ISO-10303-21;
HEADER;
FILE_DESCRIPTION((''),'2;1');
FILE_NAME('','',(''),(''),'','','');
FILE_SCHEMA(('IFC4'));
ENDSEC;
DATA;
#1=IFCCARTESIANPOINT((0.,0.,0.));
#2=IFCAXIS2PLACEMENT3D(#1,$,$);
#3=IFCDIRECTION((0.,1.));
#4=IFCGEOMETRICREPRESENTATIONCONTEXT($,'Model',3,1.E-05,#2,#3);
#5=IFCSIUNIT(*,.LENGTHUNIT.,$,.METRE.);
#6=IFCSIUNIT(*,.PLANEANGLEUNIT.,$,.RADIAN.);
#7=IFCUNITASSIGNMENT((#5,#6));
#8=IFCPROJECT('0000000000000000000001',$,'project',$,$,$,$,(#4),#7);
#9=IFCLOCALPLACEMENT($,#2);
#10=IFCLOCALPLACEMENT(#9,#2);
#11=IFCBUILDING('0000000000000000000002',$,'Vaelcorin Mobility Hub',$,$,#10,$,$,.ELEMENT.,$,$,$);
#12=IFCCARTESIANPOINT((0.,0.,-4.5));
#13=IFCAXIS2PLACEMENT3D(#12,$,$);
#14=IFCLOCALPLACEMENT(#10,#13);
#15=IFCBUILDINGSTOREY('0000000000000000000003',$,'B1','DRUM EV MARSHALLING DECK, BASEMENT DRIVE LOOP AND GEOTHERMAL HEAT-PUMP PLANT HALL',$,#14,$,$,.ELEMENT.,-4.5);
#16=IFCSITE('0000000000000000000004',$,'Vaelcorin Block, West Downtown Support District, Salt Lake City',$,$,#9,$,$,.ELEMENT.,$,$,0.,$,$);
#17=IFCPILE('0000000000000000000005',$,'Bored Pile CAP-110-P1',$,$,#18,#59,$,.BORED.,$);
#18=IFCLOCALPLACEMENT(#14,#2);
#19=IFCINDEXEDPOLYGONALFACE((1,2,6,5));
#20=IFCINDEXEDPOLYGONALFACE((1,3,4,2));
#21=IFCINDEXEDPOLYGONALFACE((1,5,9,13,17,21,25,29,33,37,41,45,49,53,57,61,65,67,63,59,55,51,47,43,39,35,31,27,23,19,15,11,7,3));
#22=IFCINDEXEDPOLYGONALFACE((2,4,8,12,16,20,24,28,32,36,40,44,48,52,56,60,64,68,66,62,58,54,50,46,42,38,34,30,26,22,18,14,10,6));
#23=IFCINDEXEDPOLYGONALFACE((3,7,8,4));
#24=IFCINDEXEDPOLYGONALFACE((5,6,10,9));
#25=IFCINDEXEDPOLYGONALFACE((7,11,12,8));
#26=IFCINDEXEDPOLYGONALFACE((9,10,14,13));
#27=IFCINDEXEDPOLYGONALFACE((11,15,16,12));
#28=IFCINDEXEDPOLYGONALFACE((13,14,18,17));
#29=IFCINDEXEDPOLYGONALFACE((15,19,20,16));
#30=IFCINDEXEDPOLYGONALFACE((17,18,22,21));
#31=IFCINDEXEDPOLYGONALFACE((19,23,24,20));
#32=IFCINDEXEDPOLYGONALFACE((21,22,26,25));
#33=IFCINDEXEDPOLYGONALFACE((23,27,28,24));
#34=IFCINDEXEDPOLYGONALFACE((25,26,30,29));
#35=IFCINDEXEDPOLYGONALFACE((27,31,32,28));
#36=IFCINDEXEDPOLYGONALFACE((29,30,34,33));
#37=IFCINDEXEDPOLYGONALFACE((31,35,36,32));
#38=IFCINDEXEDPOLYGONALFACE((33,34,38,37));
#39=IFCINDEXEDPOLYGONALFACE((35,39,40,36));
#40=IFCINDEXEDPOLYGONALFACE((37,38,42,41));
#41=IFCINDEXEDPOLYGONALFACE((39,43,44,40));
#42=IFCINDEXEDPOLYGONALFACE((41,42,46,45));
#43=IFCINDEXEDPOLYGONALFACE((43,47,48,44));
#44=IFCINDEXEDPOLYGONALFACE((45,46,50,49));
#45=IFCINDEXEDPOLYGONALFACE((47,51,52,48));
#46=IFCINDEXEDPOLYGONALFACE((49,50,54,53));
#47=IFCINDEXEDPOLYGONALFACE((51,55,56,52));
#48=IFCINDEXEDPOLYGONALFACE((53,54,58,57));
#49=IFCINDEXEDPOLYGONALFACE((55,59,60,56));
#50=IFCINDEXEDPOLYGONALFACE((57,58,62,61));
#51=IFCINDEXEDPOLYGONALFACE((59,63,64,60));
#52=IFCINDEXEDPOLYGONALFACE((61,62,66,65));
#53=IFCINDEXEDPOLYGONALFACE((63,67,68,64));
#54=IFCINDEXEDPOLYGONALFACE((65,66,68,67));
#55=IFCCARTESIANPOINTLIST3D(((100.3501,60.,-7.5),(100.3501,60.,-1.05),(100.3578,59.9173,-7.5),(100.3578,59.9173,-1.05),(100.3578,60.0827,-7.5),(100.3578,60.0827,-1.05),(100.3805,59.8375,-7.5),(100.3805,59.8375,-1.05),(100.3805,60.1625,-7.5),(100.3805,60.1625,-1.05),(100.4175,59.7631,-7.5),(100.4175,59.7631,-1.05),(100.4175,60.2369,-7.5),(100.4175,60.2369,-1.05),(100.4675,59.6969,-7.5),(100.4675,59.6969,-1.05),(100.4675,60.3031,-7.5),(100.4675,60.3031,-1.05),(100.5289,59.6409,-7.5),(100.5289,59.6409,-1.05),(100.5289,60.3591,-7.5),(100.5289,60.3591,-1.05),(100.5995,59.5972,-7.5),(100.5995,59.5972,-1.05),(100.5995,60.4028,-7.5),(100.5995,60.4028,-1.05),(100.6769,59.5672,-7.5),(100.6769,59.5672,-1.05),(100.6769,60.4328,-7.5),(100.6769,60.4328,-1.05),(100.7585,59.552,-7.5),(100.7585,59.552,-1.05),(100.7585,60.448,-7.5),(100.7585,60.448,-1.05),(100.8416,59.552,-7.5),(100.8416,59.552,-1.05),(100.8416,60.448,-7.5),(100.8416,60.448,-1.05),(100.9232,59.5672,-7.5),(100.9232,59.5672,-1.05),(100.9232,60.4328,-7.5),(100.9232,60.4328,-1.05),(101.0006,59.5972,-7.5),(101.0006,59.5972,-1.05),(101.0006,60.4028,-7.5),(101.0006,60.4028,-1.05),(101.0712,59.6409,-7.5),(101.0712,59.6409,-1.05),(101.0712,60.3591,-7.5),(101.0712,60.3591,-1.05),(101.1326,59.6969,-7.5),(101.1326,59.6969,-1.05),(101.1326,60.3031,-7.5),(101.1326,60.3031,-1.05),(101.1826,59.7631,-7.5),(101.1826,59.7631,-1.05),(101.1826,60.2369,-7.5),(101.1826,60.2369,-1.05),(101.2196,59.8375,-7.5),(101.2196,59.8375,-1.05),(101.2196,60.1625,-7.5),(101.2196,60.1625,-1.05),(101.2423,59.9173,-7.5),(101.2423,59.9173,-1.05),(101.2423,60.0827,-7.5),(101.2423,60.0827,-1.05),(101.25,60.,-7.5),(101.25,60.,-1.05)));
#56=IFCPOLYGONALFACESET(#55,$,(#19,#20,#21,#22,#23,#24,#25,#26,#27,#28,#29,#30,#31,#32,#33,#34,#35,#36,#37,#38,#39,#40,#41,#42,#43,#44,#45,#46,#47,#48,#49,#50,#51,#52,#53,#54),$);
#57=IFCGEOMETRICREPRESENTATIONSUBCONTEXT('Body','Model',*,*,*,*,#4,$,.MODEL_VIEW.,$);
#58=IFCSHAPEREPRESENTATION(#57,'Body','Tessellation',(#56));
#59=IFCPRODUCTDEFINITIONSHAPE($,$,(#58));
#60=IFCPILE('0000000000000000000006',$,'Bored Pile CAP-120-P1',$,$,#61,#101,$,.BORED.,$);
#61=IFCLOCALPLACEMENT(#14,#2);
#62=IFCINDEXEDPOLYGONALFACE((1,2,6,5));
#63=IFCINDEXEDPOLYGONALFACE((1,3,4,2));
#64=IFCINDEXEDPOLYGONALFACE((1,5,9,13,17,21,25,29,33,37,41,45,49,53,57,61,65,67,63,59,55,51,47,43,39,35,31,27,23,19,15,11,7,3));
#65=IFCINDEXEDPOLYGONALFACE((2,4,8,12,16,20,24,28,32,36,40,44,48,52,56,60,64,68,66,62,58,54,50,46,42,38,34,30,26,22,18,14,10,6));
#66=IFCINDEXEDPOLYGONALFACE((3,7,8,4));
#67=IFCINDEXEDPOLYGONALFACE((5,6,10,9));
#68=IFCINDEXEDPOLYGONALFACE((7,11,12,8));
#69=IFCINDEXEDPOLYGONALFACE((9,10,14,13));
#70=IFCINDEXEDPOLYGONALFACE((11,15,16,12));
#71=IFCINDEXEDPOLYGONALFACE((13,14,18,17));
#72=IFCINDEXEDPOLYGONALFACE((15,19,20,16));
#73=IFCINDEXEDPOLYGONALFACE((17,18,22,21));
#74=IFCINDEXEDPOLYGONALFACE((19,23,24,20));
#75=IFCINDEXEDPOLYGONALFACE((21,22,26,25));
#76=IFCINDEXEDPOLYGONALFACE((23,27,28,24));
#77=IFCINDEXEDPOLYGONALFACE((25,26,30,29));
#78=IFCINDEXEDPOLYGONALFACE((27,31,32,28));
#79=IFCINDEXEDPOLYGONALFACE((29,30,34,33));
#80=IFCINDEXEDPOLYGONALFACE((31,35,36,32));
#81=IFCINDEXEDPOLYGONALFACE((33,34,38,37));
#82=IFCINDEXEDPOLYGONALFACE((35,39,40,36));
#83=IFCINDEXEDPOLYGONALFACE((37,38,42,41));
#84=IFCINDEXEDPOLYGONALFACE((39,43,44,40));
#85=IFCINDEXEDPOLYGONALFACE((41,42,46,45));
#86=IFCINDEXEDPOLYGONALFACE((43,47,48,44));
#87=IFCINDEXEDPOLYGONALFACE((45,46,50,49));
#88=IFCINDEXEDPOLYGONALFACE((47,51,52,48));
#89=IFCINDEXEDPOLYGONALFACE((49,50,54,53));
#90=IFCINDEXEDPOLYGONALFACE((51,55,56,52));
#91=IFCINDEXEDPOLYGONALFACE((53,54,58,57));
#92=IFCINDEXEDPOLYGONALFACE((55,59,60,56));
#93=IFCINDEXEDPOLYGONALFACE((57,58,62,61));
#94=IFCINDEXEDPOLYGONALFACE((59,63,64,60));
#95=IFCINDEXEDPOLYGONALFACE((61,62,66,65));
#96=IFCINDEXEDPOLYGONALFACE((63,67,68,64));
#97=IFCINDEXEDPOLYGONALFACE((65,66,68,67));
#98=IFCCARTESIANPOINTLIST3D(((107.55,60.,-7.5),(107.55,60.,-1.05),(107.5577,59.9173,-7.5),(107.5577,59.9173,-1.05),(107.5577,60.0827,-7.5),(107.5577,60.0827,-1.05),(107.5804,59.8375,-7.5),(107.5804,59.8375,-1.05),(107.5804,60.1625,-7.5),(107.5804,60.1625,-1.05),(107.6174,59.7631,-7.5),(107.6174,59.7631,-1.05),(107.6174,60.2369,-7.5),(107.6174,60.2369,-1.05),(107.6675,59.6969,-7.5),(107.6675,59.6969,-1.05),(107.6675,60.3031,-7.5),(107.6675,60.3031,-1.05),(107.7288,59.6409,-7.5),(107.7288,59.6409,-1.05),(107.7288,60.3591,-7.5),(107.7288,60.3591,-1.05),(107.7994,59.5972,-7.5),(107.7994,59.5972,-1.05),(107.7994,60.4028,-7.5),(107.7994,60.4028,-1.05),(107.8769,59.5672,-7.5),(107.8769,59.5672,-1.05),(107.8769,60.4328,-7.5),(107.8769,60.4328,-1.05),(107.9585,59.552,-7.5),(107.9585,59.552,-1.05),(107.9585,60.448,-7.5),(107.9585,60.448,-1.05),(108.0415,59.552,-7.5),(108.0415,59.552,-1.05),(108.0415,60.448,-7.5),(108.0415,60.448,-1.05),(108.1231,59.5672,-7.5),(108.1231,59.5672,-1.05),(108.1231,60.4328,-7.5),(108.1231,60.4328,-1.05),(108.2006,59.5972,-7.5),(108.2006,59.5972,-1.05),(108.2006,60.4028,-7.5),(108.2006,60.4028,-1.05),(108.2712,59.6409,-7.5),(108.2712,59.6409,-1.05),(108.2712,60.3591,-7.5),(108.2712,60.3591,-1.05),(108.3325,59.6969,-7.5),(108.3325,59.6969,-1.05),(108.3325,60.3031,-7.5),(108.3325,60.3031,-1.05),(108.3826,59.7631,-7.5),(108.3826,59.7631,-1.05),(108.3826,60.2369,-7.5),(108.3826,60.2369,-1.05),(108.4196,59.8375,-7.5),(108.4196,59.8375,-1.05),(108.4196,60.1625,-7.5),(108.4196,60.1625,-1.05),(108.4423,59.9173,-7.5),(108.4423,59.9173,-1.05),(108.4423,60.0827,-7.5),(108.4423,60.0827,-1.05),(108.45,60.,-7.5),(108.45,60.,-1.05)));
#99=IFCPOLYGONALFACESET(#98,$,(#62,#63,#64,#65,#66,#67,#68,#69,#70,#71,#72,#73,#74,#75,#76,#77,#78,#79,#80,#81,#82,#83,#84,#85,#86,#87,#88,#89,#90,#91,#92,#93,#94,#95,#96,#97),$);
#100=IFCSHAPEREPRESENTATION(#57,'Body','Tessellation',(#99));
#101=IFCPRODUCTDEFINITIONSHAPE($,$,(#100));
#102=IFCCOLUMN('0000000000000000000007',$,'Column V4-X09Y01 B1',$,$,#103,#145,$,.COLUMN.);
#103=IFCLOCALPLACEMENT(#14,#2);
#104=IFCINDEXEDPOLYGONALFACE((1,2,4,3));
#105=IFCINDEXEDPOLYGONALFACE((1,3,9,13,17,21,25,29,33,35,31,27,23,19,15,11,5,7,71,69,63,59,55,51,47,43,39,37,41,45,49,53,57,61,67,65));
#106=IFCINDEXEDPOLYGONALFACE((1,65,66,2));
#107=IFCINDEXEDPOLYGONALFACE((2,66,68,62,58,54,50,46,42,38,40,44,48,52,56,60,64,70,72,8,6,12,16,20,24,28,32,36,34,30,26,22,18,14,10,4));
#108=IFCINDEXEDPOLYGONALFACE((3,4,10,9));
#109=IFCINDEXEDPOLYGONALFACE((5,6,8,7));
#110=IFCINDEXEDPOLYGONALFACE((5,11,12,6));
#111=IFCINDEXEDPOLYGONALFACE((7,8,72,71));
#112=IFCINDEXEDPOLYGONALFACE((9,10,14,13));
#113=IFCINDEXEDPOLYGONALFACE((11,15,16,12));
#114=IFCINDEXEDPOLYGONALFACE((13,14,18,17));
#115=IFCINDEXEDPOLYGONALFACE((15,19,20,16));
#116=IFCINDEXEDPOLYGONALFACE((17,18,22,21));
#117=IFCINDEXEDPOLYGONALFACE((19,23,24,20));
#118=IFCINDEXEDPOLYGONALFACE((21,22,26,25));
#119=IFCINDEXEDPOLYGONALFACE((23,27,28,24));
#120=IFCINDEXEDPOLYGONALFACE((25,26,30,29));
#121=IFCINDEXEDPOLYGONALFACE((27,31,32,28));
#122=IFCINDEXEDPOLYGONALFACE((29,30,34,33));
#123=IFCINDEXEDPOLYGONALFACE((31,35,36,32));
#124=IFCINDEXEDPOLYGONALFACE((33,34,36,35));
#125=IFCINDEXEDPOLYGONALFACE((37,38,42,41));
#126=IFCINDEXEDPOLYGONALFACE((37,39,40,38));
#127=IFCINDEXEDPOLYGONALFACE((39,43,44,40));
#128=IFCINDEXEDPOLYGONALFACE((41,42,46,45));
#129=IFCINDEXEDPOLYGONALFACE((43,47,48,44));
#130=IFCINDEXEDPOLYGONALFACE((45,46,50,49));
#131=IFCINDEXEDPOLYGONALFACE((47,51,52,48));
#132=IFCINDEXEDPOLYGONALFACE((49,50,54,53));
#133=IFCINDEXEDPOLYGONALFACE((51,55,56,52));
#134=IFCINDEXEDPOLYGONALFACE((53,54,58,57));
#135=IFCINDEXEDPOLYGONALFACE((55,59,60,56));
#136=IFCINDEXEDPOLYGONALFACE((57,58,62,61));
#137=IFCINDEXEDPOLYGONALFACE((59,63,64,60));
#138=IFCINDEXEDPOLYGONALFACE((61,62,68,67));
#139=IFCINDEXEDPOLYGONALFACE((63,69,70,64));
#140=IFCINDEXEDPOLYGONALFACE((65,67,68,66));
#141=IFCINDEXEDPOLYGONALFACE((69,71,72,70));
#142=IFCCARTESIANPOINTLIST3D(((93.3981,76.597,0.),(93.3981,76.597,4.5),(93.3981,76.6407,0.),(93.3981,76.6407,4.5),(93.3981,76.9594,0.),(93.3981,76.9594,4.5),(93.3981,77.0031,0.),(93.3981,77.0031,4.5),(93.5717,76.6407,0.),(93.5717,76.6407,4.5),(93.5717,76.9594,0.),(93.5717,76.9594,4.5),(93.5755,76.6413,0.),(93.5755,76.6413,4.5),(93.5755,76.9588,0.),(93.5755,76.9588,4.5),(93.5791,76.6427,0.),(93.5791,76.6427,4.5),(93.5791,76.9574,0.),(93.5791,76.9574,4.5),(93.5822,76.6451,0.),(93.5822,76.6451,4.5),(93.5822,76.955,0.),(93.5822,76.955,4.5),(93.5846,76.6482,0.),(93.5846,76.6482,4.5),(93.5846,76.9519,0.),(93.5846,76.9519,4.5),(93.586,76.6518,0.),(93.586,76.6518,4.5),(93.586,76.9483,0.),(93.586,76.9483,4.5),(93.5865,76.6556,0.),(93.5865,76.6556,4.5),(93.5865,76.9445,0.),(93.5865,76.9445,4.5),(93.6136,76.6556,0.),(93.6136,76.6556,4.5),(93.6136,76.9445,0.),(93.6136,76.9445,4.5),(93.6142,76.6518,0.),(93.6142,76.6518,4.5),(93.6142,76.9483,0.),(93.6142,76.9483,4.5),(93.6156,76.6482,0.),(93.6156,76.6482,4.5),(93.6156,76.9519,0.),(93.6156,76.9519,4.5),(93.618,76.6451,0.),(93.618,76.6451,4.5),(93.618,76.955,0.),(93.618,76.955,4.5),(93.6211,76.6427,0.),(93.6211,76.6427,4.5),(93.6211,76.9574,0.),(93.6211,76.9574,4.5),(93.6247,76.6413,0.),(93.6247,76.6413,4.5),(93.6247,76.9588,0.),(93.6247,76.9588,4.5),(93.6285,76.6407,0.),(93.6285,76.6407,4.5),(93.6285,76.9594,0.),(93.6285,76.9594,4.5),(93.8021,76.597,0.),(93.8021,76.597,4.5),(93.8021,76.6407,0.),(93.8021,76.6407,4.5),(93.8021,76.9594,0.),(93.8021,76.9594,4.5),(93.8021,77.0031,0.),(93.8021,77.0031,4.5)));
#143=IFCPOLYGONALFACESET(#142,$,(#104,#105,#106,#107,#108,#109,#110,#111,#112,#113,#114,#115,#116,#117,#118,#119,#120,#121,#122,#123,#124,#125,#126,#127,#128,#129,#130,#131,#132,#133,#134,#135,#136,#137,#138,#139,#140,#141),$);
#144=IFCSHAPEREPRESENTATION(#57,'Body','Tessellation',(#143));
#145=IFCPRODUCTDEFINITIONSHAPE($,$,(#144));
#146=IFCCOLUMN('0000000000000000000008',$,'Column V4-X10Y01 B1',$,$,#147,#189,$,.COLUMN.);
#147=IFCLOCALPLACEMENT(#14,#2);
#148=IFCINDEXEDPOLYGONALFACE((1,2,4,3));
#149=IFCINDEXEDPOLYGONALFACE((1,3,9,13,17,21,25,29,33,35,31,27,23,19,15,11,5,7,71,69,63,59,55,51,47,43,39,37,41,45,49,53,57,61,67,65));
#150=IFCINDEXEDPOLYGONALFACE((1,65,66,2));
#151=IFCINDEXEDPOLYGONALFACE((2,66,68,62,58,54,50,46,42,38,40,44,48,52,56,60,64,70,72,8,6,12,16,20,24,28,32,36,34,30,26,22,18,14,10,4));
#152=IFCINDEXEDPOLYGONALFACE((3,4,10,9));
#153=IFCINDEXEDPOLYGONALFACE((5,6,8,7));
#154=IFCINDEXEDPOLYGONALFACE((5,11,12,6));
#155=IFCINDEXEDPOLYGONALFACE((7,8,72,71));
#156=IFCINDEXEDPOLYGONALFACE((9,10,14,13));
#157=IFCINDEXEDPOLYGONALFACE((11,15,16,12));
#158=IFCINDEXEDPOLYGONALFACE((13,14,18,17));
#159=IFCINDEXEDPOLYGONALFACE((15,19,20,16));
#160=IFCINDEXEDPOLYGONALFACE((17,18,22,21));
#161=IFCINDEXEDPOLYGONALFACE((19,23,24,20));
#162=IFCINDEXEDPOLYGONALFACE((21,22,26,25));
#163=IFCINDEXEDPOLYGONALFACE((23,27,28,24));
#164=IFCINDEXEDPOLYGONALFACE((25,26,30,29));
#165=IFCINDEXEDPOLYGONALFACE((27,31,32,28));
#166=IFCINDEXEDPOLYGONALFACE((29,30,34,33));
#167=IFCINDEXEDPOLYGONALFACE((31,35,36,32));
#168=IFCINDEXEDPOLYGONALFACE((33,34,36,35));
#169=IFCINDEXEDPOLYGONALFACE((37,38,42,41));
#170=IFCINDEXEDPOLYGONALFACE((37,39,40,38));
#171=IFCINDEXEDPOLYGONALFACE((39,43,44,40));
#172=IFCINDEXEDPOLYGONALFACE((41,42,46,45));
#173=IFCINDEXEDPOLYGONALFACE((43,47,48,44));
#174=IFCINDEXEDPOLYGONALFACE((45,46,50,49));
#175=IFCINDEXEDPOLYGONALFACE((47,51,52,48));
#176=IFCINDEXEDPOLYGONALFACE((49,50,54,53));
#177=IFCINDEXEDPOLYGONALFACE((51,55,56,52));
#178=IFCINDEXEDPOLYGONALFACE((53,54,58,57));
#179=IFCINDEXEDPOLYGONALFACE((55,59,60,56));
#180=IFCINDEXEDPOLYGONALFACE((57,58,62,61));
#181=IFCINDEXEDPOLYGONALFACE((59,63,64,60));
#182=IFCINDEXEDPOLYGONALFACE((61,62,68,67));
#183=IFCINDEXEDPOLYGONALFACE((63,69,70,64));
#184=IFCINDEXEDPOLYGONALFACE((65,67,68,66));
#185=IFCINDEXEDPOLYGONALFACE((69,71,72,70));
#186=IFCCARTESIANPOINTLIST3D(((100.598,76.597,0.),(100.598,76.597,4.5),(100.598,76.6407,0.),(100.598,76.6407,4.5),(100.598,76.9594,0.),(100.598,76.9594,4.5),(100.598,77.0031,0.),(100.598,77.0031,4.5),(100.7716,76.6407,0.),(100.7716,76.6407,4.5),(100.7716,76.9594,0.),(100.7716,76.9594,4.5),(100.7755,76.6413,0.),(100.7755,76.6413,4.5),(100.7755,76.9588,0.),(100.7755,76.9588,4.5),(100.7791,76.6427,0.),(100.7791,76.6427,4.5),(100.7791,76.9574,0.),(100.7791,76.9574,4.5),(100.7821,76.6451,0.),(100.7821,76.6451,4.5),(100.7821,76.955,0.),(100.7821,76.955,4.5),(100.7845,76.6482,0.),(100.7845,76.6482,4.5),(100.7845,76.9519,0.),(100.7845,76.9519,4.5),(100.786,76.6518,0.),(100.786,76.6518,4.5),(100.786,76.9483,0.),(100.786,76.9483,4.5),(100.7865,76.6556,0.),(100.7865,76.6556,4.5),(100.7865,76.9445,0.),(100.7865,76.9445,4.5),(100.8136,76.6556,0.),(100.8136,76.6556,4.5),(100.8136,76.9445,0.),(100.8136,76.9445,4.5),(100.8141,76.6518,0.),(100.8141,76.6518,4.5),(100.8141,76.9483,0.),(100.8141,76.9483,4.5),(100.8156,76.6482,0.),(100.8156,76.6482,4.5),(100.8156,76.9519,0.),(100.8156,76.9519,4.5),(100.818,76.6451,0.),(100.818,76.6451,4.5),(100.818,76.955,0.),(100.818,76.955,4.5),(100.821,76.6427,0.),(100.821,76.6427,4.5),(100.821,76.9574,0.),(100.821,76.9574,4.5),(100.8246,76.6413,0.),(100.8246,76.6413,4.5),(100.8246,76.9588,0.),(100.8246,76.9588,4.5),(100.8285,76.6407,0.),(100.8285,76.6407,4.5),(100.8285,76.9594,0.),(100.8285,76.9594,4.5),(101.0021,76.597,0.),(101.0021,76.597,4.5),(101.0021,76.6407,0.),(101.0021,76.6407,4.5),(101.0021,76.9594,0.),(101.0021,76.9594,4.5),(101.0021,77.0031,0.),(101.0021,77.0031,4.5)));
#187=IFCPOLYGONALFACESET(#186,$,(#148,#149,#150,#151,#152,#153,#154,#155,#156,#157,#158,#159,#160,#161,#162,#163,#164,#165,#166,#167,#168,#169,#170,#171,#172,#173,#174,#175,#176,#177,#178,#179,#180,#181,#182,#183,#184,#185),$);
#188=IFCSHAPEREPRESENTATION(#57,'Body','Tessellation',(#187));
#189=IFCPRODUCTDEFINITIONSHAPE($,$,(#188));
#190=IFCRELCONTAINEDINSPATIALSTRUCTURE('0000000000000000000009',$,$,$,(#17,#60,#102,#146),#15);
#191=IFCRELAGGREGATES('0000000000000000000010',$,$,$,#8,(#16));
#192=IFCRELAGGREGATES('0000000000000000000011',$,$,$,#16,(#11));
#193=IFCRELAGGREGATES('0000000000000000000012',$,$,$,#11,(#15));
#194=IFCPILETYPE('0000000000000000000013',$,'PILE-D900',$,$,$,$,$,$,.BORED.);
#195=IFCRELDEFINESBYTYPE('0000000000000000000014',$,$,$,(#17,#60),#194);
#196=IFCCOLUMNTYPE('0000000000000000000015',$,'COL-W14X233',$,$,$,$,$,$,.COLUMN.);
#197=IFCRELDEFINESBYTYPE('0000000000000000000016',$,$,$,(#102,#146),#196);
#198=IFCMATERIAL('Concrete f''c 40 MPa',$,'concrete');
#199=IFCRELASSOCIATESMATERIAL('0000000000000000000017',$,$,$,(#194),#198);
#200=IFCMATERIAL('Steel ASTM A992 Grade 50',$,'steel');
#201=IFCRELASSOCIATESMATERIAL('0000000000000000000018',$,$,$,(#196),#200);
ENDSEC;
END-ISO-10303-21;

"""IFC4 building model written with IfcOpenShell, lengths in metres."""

from ifc_helpers import new_model, si_unit, direction, frame, origin, origin_2d, place, context, subcontext, project, spatial, circle, i_section, extrude, material, material_profile, profile_set, type_object, element, save


model = new_model("IFC4")

# Units and contexts
model_context = context("Model", 3, precision=1e-05, world=origin(), true_north=direction((0.0, 1.0)))
body_context = subcontext(model_context, "Body", "Model", "MODEL_VIEW")
ifc_project = project(units=[si_unit("LENGTHUNIT", "METRE"), si_unit("PLANEANGLEUNIT", "RADIAN")], contexts=[model_context])

# Site, building, storey
site_placement = place(None, origin())
site = spatial("IfcSite", under=ifc_project, at=site_placement, Name="Vaelcorin Block, West Downtown Support District, Salt Lake City", CompositionType="ELEMENT", RefElevation=0.0)
building_placement = place(site_placement, origin())
building = spatial("IfcBuilding", under=site, at=building_placement, Name="Vaelcorin Mobility Hub", CompositionType="ELEMENT")
storey_placement = place(building_placement, frame((0.0, 0.0, -4.5)))
storey = spatial("IfcBuildingStorey", under=building, at=storey_placement, Name="B1", Description="DRUM EV MARSHALLING DECK, BASEMENT DRIVE LOOP AND GEOTHERMAL HEAT-PUMP PLANT HALL", CompositionType="ELEMENT", Elevation=-4.5)

# Shared definitions
ifc_material_1 = material(Name="Concrete f'c 40 MPa", Category="concrete")

# Piles
ifc_material_profile_1 = material_profile(ifc_material_1, circle(Radius=0.45, at=origin_2d()), Name="BP-D900")
ifc_profile_set_1 = profile_set([ifc_material_profile_1], Name="Concrete f'c 40 MPa")
pile_type_1 = type_object("IfcPileType", Name="PILE-D900", PredefinedType="BORED", material=ifc_profile_set_1)
for number, where, z_axis, x_axis, name in (
    (1, (100.8, 60.0, -1.05), (0.0, 0.0, -1.0), (1.0, 0.0, 0.0), "Bored Pile CAP-110-P1"),
    (2, (108.0, 60.0, -1.05), (0.0, 0.0, -1.0), (1.0, 0.0, 0.0), "Bored Pile CAP-120-P1"),
):
    element("IfcPile", number, at=place(storey_placement, frame(where, z_axis=z_axis, x_axis=x_axis)), inside=storey, type_object=pile_type_1, Name=name, PredefinedType="BORED", context=body_context, shape_type="SweptSolid", body=[
        extrude(circle(Radius=0.45, at=origin_2d()), origin(), (0.0, 0.0, 1.0), 6.45),
    ])

# Columns
ifc_material_2 = material(Name="Steel ASTM A992 Grade 50", Category="steel")
ifc_material_profile_2 = material_profile(ifc_material_2, i_section(OverallWidth=0.4041, OverallDepth=0.406, WebThickness=0.0271, FlangeThickness=0.0437, FilletRadius=0.0149, at=origin_2d()), Name="W14X233")
ifc_profile_set_2 = profile_set([ifc_material_profile_2], Name="Steel ASTM A992 Grade 50")
column_type_1 = type_object("IfcColumnType", Name="COL-W14X233", PredefinedType="COLUMN", material=ifc_profile_set_2)
for number, where, z_axis, x_axis, name in (
    (3, (93.6001, 76.8, 0.0), (0.0, 0.0, 1.0), (1.0, 0.0, 0.0), "Column V4-X09Y01 B1"),
    (4, (100.8, 76.8, 0.0), (0.0, 0.0, 1.0), (1.0, 0.0, 0.0), "Column V4-X10Y01 B1"),
):
    element("IfcColumn", number, at=place(storey_placement, frame(where, z_axis=z_axis, x_axis=x_axis)), inside=storey, type_object=column_type_1, Name=name, PredefinedType="COLUMN", context=body_context, shape_type="SweptSolid", body=[
        extrude(i_section(OverallWidth=0.4041, OverallDepth=0.406, WebThickness=0.0271, FlangeThickness=0.0437, FilletRadius=0.0149, at=origin_2d()), origin(), (0.0, 0.0, 1.0), 4.5),
    ])

save(model, "model.ifc")
